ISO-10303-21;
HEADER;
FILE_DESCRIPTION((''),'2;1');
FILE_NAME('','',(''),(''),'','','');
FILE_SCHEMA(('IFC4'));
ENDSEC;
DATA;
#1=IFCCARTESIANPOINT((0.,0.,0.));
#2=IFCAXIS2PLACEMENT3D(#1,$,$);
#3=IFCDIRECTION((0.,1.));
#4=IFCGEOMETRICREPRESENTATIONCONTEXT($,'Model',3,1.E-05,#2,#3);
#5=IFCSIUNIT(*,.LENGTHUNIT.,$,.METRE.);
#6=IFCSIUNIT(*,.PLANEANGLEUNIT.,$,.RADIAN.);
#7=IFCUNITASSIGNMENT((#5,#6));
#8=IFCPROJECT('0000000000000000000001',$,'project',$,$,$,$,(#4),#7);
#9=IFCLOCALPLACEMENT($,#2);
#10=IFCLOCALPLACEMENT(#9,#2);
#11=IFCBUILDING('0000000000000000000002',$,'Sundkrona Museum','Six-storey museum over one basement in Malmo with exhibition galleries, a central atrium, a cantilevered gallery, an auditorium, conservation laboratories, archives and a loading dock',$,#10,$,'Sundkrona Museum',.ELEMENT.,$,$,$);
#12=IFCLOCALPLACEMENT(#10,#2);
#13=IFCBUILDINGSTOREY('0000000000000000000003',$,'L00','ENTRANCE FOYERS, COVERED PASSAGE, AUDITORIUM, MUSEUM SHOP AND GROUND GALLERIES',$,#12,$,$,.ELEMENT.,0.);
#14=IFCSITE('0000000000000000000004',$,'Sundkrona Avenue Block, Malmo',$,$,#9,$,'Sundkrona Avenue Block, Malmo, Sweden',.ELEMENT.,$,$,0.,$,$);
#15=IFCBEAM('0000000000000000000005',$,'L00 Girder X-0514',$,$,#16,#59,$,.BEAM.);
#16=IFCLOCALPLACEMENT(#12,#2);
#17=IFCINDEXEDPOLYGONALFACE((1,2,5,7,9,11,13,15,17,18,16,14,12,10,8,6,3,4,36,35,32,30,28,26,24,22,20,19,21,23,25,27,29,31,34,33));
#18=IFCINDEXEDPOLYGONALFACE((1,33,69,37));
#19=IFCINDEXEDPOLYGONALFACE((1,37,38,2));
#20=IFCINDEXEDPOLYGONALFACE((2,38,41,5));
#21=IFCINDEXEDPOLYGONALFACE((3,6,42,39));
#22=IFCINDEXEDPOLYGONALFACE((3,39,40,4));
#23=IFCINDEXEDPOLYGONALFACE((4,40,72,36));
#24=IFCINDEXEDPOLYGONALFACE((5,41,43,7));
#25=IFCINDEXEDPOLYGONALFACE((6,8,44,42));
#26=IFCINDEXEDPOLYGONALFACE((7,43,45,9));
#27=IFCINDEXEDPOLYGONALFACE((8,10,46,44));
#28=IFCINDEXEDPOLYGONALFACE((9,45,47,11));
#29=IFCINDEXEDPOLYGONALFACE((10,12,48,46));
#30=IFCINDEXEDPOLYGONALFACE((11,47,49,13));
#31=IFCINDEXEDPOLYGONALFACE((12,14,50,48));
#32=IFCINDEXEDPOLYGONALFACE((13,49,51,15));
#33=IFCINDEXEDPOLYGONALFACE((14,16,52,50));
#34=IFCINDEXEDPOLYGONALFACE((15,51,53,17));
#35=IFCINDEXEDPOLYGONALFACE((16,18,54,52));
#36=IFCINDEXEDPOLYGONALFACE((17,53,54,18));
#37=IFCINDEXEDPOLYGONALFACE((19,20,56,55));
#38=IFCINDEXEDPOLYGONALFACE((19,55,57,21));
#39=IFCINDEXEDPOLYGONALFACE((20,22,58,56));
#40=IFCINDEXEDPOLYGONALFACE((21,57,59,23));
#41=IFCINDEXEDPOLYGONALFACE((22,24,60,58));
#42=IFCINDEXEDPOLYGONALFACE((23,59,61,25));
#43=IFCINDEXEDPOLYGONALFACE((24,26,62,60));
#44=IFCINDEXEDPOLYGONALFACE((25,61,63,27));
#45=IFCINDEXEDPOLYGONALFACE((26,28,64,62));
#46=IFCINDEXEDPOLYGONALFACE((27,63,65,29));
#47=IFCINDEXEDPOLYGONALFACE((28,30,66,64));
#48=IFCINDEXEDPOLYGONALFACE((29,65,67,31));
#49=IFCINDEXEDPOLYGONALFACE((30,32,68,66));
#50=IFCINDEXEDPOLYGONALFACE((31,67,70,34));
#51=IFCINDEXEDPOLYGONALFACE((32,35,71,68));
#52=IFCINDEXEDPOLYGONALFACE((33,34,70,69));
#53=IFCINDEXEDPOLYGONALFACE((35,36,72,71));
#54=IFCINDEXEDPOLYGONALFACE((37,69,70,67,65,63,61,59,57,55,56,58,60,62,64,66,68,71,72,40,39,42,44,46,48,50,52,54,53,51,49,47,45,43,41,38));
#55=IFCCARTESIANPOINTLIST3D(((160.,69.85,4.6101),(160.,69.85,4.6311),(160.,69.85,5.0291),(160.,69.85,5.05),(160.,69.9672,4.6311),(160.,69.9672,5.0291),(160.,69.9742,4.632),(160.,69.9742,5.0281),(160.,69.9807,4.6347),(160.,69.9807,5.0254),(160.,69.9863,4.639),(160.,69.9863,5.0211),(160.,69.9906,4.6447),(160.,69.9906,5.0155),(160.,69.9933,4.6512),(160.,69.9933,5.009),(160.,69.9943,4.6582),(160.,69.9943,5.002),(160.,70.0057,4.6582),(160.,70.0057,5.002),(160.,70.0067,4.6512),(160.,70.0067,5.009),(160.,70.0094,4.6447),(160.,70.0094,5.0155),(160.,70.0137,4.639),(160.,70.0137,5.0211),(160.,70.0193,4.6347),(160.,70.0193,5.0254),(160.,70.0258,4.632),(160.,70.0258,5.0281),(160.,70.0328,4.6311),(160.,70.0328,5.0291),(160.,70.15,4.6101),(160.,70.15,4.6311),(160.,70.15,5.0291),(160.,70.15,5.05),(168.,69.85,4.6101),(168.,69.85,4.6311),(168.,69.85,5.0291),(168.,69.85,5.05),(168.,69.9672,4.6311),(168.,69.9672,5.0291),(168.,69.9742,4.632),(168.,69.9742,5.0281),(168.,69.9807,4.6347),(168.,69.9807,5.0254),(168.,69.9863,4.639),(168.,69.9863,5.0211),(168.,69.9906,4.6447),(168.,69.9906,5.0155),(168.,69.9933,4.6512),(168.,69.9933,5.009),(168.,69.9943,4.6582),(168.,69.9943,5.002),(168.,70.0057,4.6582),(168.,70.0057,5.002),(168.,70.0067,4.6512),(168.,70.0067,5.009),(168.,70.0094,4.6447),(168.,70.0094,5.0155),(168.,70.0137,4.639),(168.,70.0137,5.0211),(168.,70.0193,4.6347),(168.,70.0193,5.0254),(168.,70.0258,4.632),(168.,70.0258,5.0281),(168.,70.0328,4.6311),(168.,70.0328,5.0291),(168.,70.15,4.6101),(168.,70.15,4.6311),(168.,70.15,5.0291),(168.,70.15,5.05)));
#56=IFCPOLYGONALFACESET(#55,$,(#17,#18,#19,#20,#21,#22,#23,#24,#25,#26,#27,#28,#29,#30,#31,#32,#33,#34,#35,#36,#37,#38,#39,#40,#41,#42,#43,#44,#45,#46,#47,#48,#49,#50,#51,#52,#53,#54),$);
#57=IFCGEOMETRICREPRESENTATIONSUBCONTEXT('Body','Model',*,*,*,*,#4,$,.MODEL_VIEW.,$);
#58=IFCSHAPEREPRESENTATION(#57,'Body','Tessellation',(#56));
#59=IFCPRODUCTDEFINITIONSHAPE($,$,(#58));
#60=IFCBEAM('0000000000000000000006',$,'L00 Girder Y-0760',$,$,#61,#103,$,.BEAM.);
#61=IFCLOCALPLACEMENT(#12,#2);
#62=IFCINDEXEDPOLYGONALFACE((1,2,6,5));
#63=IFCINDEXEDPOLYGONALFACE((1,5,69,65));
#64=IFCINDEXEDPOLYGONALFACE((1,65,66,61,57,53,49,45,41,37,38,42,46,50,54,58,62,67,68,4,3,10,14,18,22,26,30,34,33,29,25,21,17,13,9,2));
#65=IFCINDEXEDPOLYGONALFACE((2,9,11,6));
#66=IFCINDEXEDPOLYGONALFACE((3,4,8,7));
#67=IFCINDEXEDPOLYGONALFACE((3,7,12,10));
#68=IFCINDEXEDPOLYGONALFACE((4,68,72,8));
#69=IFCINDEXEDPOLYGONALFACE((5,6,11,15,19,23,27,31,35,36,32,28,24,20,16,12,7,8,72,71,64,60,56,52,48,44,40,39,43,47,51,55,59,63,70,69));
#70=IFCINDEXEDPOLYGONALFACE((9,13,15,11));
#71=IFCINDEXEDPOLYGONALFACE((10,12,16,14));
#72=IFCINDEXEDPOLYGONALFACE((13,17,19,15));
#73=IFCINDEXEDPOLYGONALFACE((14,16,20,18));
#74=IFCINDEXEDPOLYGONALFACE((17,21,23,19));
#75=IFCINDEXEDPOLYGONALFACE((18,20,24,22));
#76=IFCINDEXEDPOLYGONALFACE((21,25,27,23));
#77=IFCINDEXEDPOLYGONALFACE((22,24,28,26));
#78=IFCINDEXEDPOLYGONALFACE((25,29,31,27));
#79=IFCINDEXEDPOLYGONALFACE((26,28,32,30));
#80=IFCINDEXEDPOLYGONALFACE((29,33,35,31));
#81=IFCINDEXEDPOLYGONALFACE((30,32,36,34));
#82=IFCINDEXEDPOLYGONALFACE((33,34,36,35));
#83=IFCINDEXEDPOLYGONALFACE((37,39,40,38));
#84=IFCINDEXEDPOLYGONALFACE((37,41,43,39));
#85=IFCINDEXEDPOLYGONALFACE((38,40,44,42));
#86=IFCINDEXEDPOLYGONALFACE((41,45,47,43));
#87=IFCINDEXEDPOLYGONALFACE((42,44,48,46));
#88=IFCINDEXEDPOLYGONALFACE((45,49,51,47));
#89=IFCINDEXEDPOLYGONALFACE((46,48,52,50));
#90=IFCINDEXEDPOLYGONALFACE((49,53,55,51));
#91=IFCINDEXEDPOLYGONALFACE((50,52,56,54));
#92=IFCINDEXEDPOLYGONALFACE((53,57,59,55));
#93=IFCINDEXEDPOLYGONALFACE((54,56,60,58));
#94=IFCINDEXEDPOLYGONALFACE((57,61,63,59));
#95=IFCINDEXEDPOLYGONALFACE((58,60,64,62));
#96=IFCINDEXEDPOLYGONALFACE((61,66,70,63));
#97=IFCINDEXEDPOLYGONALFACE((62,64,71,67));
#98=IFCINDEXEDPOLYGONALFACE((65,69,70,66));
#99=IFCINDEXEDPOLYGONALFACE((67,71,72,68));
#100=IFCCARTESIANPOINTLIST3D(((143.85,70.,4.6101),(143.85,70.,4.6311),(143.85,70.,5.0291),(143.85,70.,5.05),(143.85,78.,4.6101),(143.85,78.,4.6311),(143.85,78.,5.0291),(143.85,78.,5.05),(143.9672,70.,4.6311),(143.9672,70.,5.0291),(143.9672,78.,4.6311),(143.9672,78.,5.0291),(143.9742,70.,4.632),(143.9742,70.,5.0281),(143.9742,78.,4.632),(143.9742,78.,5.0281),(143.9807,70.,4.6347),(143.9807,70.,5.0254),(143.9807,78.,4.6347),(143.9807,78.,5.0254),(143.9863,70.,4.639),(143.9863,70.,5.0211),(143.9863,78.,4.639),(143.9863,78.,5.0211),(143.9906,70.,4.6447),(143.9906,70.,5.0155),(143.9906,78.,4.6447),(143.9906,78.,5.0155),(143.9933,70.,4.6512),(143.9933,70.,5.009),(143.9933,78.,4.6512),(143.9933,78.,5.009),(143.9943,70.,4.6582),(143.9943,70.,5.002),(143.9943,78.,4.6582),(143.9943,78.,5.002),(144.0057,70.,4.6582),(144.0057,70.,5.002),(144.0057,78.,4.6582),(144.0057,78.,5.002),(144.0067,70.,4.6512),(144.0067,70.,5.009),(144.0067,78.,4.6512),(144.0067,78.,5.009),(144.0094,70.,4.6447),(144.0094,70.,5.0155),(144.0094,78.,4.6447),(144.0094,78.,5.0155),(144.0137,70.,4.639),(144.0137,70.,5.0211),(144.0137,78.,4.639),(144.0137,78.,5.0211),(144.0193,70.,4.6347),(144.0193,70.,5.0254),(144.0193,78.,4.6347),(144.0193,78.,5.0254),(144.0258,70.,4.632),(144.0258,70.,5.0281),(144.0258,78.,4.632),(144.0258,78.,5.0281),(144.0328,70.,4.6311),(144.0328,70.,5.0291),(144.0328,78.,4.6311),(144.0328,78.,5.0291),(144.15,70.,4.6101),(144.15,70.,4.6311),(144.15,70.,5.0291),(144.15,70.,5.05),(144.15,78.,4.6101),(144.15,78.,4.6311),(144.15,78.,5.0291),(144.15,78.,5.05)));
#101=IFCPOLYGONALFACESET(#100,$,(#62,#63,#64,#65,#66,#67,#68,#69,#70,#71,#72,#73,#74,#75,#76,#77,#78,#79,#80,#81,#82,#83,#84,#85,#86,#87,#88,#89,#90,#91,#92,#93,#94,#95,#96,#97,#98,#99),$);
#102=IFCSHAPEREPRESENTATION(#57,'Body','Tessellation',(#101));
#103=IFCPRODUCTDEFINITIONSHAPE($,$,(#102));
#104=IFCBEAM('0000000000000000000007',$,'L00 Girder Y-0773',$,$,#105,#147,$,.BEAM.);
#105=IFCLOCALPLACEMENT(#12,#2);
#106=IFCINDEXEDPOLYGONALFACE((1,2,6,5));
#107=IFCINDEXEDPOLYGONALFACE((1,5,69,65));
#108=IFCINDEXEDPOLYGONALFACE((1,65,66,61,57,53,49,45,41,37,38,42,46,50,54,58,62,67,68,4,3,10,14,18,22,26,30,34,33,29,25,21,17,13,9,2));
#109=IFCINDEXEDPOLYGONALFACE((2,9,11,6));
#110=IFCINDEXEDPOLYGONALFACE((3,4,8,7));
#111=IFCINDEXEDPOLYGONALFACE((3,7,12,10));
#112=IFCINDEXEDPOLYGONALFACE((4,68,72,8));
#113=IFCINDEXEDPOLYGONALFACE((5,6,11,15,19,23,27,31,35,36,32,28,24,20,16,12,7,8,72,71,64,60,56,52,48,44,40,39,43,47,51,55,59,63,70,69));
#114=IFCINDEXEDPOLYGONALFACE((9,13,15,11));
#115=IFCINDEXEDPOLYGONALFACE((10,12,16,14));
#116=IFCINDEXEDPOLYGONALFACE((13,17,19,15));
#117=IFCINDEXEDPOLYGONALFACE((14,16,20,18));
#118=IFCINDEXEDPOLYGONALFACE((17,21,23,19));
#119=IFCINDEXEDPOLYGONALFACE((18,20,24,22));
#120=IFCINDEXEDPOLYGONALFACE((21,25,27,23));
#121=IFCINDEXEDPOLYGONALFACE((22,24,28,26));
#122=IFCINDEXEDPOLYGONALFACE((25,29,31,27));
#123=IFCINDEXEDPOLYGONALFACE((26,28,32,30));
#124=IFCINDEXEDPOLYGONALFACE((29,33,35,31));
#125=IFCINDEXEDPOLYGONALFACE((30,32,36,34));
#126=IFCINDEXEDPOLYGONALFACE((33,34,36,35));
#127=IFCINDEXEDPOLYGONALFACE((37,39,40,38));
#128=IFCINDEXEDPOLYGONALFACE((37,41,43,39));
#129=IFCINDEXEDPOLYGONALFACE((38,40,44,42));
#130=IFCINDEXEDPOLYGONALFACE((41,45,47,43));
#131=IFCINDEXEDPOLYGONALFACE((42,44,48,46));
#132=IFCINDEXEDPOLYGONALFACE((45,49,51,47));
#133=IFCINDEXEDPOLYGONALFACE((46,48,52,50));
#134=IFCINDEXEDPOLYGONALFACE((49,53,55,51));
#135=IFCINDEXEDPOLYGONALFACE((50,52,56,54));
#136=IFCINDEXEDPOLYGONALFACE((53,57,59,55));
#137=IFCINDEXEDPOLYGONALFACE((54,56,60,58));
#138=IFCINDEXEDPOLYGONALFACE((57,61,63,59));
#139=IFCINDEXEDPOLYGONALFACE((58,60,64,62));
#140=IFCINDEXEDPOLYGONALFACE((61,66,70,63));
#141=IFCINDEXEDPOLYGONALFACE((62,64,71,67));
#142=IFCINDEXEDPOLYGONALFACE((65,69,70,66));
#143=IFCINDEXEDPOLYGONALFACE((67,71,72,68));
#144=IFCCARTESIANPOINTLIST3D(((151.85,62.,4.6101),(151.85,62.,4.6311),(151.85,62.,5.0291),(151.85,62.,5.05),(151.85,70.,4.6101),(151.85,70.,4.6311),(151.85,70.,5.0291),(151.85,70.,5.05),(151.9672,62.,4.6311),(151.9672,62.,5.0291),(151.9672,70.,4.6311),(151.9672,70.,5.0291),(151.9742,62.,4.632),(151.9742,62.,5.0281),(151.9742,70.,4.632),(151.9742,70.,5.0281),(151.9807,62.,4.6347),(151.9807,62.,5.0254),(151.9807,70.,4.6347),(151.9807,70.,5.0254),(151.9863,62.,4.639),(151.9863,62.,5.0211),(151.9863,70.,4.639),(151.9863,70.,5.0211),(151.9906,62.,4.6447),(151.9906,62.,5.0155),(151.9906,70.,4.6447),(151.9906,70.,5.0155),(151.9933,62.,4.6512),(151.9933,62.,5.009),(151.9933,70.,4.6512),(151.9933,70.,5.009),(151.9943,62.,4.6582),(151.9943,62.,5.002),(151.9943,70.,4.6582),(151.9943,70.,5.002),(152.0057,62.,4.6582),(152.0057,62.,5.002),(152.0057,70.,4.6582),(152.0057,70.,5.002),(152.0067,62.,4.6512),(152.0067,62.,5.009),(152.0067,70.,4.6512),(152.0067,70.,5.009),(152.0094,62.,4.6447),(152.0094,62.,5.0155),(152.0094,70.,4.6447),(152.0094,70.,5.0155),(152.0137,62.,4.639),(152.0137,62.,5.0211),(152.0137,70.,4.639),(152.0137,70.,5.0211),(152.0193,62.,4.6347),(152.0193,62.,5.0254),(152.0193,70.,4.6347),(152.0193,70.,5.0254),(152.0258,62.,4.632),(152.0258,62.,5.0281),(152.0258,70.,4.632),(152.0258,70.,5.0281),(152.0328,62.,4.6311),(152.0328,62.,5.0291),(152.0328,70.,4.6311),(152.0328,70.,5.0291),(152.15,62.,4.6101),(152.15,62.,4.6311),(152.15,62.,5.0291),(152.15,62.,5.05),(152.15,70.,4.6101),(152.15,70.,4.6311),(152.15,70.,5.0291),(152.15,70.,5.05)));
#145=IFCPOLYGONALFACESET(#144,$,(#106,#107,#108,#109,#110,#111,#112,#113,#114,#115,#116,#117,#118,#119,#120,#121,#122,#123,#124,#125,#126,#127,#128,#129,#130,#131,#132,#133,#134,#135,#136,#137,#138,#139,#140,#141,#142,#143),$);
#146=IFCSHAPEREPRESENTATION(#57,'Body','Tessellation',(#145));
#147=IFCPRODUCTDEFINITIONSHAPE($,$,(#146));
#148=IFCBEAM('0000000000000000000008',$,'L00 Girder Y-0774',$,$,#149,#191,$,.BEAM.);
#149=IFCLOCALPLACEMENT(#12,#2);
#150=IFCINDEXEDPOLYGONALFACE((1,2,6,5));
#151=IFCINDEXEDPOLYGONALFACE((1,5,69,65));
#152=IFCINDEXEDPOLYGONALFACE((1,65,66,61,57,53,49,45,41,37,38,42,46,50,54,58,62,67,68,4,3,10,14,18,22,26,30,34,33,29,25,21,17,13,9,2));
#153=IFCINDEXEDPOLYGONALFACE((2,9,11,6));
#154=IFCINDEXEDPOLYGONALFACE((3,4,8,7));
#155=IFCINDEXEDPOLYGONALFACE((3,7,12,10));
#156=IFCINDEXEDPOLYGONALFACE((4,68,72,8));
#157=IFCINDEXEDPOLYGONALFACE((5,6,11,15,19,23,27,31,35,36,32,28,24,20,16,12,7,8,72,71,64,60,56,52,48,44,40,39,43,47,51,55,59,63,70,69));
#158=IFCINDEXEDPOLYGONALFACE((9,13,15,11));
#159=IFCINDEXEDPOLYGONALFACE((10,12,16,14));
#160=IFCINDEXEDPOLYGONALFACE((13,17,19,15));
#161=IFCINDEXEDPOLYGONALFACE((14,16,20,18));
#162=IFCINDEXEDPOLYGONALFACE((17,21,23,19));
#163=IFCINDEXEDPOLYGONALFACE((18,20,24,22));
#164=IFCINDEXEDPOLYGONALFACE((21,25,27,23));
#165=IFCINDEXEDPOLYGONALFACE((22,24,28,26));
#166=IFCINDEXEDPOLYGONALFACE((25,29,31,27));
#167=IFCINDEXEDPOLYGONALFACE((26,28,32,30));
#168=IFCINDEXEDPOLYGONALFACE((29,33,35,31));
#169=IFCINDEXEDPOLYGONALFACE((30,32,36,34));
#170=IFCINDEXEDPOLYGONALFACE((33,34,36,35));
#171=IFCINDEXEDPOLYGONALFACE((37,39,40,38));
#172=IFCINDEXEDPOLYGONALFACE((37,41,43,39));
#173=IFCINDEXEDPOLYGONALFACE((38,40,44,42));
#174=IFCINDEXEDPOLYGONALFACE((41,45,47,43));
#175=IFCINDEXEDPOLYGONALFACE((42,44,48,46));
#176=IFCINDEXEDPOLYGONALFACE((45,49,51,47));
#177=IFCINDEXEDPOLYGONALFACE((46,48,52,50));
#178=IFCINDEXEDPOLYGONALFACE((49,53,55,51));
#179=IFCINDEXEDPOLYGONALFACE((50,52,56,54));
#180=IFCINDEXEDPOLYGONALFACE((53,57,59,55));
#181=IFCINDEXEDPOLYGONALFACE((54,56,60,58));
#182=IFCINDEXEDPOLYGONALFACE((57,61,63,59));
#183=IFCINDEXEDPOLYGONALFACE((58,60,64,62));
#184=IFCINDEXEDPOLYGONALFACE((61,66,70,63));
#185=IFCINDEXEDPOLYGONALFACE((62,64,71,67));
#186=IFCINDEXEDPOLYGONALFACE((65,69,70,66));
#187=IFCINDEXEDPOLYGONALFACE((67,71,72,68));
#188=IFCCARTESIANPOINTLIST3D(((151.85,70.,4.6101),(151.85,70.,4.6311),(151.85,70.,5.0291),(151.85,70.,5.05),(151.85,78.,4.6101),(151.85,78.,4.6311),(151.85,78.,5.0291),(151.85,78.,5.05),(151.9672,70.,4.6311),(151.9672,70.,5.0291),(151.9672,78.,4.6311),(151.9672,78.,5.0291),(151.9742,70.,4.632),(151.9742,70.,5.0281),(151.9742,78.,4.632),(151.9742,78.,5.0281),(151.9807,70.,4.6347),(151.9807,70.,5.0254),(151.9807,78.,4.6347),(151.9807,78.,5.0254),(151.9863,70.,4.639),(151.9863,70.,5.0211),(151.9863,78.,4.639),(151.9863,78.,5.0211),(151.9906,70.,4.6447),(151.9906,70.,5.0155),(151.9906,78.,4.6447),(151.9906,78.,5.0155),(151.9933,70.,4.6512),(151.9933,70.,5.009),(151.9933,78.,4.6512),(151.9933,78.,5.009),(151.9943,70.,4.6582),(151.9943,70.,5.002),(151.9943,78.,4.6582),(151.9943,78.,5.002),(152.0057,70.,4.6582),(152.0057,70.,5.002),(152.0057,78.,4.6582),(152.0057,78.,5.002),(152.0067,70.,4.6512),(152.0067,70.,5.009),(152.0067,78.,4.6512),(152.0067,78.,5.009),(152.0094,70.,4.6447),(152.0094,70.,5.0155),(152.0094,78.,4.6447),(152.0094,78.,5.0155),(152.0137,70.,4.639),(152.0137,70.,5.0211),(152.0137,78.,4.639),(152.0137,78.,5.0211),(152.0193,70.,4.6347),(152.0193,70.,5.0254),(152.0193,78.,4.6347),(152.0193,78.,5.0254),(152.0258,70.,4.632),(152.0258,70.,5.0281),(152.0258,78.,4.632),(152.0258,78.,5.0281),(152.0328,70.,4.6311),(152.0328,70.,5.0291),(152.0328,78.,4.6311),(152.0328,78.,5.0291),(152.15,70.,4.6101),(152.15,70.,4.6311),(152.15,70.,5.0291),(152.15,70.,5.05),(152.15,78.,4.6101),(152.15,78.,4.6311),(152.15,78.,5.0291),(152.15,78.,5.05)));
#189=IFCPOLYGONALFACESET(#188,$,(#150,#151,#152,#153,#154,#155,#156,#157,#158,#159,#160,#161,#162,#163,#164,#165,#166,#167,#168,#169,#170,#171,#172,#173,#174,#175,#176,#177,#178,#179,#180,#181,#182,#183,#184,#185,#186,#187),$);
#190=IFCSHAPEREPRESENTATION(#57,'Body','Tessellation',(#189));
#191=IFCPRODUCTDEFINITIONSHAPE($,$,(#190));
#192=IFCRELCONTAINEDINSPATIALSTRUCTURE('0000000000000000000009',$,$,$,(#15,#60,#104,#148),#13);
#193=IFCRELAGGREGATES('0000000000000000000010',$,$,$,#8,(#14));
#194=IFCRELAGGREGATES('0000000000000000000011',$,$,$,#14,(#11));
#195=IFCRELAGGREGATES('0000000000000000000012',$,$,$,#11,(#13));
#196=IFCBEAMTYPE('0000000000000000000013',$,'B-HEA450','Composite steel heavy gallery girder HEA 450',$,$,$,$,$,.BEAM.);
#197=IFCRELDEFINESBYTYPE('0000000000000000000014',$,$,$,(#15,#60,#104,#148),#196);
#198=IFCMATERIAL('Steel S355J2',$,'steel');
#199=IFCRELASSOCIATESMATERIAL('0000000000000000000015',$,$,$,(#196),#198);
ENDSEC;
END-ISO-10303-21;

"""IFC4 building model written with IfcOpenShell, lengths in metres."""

from ifc_helpers import new_model, si_unit, direction, frame, origin, origin_2d, place, context, subcontext, project, spatial, i_section, extrude, material, material_profile, profile_set, type_object, element, save


model = new_model("IFC4")

# Units and contexts
model_context = context("Model", 3, precision=1e-05, world=origin(), true_north=direction((0.0, 1.0)))
body_context = subcontext(model_context, "Body", "Model", "MODEL_VIEW")
ifc_project = project(units=[si_unit("LENGTHUNIT", "METRE"), si_unit("PLANEANGLEUNIT", "RADIAN")], contexts=[model_context])

# Site, building, storey
site_placement = place(None, origin())
site = spatial("IfcSite", under=ifc_project, at=site_placement, Name="Sundkrona Avenue Block, Malmo", LongName="Sundkrona Avenue Block, Malmo, Sweden", CompositionType="ELEMENT", RefElevation=0.0)
building_placement = place(site_placement, origin())
building = spatial("IfcBuilding", under=site, at=building_placement, Name="Sundkrona Museum", Description="Six-storey museum over one basement in Malmo with exhibition galleries, a central atrium, a cantilevered gallery, an auditorium, conservation laboratories, archives and a loading dock", LongName="Sundkrona Museum", CompositionType="ELEMENT")
storey_placement = place(building_placement, origin())
storey = spatial("IfcBuildingStorey", under=building, at=storey_placement, Name="L00", Description="ENTRANCE FOYERS, COVERED PASSAGE, AUDITORIUM, MUSEUM SHOP AND GROUND GALLERIES", CompositionType="ELEMENT", Elevation=0.0)

# Shared definitions
ifc_material = material(Name="Steel S355J2", Category="steel")

# Beams
ifc_material_profile_1 = material_profile(ifc_material, i_section(OverallWidth=0.3, OverallDepth=0.4399, WebThickness=0.0115, FlangeThickness=0.021, FilletRadius=0.0271, at=origin_2d()), Name="HEA 450")
ifc_profile_set_1 = profile_set([ifc_material_profile_1], Name="Steel S355J2")
beam_type_1 = type_object("IfcBeamType", Name="B-HEA450", Description="Composite steel heavy gallery girder HEA 450", PredefinedType="BEAM", material=ifc_profile_set_1)
for number, where, z_axis, x_axis, name in (
    (1, (160.0, 70.0, 4.8301), (1.0, 0.0, 0.0), (0.0, 1.0, 0.0), "L00 Girder X-0514"),
    (2, (144.0, 70.0, 4.8301), (0.0, 1.0, 0.0), (-1.0, 0.0, 0.0), "L00 Girder Y-0760"),
    (3, (152.0, 62.0, 4.8301), (0.0, 1.0, 0.0), (-1.0, 0.0, 0.0), "L00 Girder Y-0773"),
    (4, (152.0, 70.0, 4.8301), (0.0, 1.0, 0.0), (-1.0, 0.0, 0.0), "L00 Girder Y-0774"),
):
    element("IfcBeam", number, at=place(storey_placement, frame(where, z_axis=z_axis, x_axis=x_axis)), inside=storey, type_object=beam_type_1, Name=name, PredefinedType="BEAM", context=body_context, shape_type="SweptSolid", body=[
        extrude(i_section(OverallWidth=0.3, OverallDepth=0.4399, WebThickness=0.0115, FlangeThickness=0.021, FilletRadius=0.0271, at=origin_2d()), origin(), (0.0, 0.0, 1.0), 8.0),
    ])

save(model, "model.ifc")
